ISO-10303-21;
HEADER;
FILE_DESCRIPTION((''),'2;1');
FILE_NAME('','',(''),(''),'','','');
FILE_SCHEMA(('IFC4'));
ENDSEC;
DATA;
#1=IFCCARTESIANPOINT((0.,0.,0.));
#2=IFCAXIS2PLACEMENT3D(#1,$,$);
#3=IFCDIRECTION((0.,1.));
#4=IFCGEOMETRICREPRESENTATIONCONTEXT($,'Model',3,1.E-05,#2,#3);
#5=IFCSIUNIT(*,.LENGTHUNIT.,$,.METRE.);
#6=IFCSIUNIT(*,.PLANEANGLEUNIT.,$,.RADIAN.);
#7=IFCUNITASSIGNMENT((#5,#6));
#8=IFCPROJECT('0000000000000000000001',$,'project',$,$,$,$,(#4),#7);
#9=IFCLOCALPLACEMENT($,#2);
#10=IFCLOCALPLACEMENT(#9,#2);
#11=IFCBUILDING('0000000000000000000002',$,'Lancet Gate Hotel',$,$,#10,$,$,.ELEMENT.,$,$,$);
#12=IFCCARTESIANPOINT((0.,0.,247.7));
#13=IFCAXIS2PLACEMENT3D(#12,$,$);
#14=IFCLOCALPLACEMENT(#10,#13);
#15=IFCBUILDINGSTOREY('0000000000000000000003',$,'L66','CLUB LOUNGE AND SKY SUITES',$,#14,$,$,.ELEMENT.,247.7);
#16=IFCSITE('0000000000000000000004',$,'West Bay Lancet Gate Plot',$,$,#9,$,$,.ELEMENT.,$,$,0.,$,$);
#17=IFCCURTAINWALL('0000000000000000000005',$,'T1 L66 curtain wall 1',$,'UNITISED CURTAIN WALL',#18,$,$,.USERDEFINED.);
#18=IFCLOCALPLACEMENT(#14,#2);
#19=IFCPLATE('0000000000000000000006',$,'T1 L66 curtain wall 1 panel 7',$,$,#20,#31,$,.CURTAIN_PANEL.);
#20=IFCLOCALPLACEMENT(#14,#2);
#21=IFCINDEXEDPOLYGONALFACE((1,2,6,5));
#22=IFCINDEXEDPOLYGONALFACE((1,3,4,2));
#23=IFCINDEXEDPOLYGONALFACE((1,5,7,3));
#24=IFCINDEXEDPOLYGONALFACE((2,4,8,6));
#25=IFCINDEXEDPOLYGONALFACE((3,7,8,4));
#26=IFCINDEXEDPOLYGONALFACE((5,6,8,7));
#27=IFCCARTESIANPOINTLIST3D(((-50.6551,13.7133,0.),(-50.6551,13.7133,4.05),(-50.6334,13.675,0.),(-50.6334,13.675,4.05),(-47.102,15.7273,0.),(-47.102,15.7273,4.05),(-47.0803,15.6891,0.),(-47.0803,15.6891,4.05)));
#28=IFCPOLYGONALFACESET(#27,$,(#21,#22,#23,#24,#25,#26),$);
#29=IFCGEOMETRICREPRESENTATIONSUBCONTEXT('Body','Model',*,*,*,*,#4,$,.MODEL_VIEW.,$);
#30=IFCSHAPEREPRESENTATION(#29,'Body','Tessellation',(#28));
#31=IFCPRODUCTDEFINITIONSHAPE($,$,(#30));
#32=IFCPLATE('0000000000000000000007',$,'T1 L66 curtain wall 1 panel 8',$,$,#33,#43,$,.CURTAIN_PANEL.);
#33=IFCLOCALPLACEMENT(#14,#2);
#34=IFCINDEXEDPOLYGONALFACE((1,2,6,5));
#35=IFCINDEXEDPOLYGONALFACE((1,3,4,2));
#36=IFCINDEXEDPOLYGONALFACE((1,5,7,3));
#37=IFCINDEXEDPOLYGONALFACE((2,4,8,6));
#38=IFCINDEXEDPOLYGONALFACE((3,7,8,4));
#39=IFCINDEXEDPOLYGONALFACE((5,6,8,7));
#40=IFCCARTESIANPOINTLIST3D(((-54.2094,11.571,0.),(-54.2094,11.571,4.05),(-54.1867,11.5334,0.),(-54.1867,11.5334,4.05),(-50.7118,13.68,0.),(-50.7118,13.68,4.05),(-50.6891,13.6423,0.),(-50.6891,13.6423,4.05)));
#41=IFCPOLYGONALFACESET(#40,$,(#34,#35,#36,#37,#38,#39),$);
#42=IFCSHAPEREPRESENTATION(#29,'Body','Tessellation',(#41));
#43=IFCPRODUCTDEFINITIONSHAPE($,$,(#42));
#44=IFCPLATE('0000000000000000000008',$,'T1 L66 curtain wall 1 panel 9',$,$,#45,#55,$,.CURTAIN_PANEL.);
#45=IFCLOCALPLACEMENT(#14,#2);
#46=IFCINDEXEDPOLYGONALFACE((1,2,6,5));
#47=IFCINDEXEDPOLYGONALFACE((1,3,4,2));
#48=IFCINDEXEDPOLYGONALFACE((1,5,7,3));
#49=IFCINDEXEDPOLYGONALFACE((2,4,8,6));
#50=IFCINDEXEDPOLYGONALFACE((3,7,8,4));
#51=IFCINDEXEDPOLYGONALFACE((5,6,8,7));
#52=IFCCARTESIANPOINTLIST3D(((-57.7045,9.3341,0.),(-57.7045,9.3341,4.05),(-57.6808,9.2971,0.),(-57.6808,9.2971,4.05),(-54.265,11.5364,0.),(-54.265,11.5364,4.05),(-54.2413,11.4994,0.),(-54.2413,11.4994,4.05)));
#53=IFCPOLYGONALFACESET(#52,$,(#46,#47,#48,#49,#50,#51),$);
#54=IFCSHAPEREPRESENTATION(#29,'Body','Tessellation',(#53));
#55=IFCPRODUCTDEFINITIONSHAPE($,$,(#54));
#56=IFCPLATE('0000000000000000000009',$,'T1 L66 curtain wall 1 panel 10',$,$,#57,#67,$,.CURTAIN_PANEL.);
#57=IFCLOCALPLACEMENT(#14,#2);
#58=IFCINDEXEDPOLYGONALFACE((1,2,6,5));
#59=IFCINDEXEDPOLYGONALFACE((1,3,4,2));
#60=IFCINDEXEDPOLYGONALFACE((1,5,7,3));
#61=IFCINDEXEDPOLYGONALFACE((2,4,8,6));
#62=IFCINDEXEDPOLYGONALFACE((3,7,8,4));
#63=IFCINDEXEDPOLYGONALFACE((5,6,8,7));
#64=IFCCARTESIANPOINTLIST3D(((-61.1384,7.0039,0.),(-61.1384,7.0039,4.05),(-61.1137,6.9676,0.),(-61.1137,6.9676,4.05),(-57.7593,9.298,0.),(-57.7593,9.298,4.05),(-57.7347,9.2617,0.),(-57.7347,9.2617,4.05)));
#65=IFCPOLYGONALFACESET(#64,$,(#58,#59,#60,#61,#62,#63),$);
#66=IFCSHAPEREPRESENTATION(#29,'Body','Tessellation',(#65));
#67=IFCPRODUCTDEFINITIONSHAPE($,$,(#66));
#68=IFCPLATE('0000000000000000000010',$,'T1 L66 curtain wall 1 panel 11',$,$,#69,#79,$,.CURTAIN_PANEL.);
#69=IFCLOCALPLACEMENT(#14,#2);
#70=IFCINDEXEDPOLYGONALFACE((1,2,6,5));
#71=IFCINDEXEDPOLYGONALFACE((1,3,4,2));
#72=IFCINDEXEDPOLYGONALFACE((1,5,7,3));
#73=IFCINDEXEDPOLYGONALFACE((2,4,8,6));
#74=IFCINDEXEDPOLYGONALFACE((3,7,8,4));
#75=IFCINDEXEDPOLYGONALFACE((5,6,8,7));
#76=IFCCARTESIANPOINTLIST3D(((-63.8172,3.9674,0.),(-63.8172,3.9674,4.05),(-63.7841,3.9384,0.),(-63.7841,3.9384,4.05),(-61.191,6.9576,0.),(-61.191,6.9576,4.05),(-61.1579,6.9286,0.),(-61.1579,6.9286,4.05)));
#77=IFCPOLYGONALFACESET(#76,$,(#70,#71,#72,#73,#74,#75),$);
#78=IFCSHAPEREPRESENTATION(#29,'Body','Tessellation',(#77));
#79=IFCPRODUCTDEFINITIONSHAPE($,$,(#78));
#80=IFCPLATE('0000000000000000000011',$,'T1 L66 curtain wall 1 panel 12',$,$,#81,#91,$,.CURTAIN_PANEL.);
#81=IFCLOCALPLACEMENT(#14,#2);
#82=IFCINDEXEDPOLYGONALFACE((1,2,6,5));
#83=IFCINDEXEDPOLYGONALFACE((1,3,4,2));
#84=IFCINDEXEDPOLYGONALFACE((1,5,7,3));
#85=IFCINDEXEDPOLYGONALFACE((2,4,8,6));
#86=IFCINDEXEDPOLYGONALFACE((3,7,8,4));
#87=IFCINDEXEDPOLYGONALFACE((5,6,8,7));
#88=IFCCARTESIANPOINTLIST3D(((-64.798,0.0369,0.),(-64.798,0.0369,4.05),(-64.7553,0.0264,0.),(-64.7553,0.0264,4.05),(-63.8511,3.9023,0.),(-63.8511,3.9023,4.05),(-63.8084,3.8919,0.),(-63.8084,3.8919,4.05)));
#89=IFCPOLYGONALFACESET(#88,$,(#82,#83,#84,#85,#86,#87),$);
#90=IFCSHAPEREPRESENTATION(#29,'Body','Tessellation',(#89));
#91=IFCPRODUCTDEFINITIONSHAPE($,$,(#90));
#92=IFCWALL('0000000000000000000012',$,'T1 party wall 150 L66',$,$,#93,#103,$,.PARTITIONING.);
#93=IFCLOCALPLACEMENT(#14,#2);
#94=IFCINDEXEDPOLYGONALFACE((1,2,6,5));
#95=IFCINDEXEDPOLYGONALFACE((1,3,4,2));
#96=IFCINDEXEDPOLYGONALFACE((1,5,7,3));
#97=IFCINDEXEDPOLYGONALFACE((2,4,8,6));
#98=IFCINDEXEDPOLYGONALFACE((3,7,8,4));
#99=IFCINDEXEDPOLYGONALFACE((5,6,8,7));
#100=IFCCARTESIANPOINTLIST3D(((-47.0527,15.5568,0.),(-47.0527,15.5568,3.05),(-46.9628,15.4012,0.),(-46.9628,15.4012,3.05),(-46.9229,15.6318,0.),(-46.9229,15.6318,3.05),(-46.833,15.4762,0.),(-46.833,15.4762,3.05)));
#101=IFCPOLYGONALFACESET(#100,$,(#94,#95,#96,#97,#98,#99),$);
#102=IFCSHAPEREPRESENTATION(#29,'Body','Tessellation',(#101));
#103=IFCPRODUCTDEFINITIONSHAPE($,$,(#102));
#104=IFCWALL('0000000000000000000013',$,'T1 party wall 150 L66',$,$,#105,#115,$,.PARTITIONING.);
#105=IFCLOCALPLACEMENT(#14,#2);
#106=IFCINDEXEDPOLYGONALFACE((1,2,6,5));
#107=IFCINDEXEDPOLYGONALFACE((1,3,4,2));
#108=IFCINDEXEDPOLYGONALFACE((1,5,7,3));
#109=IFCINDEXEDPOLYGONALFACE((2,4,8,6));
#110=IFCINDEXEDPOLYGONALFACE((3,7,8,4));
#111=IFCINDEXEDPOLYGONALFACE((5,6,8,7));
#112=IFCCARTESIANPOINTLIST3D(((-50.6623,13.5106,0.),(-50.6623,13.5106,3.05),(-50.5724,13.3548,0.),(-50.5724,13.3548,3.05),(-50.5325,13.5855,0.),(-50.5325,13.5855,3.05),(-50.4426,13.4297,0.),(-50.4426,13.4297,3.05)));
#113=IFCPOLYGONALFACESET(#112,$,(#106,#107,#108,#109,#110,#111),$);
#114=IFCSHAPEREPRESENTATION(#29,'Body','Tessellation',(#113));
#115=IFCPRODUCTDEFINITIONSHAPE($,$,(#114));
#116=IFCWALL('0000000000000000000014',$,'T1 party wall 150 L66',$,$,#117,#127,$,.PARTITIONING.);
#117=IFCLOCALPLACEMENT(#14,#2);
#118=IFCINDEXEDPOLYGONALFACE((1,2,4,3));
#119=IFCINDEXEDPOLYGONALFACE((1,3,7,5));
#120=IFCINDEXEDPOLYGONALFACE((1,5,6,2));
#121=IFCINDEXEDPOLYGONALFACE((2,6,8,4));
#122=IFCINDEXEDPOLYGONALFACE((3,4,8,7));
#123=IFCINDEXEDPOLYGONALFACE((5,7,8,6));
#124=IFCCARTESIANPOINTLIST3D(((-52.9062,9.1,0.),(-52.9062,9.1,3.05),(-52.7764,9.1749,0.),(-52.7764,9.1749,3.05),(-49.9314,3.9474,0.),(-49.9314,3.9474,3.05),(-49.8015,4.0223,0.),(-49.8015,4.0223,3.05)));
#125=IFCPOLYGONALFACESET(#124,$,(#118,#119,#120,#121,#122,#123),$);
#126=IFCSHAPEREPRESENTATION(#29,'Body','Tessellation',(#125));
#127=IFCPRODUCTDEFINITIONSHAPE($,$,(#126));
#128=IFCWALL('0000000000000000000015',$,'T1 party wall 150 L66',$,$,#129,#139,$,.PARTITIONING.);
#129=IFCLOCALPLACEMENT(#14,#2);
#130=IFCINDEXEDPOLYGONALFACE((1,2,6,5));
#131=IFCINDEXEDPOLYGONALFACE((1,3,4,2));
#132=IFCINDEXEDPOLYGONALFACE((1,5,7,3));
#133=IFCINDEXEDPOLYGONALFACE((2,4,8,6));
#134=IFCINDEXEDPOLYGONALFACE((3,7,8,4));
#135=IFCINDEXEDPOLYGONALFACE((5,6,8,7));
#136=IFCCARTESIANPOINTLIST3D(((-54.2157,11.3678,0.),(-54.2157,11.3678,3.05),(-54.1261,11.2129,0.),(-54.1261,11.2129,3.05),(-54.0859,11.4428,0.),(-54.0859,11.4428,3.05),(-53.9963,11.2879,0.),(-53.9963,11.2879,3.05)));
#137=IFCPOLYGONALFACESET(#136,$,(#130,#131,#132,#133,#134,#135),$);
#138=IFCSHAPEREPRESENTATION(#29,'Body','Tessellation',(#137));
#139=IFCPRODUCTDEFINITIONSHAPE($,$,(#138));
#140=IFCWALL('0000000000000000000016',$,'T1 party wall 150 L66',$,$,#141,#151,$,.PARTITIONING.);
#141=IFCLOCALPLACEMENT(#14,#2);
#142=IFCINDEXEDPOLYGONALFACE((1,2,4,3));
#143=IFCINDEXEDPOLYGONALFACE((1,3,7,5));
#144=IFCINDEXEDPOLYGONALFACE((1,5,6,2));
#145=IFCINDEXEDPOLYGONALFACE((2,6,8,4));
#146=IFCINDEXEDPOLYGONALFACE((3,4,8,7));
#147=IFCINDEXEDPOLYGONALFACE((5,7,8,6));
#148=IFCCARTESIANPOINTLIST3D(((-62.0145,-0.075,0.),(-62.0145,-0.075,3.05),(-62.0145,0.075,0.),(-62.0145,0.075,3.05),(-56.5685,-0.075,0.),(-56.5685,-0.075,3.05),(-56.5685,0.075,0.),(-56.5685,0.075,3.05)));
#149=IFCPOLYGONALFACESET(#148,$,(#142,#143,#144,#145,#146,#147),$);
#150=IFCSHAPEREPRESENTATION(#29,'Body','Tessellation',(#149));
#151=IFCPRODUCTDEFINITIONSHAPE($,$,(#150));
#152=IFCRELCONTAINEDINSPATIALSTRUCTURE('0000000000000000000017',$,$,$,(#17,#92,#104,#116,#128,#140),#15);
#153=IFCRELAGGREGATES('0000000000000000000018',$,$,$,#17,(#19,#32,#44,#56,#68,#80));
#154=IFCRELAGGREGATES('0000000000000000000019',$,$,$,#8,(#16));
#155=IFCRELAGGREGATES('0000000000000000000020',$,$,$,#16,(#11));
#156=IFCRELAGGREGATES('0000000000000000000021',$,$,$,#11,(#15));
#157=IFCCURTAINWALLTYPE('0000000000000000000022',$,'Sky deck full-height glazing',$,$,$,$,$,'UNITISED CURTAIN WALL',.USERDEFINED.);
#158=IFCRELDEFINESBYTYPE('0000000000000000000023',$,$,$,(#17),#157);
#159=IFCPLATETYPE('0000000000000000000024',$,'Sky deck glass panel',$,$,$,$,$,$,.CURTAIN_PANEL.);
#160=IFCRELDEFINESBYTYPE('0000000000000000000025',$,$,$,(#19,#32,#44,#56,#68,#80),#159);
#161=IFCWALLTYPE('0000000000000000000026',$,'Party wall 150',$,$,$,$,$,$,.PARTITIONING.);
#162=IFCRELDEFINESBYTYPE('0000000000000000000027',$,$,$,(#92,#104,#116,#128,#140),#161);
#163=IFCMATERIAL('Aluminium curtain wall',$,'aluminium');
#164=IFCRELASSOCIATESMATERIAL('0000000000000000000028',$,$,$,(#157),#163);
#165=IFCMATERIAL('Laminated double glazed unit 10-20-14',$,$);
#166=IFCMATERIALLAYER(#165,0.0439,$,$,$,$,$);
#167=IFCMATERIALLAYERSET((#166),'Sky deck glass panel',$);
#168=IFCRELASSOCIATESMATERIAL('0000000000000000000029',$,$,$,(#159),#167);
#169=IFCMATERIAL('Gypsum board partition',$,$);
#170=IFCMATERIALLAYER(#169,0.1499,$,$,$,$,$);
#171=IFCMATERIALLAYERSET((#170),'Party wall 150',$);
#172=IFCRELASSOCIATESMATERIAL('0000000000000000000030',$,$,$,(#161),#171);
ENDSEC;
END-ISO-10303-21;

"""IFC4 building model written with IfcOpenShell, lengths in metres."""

from ifc_helpers import new_model, si_unit, direction, frame, frame_2d, origin, origin_2d, place, context, subcontext, project, spatial, rectangle, extrude, material, layer, layer_set, type_object, element, aggregate, save


model = new_model("IFC4")

# Units and contexts
model_context = context("Model", 3, precision=1e-05, world=origin(), true_north=direction((0.0, 1.0)))
body_context = subcontext(model_context, "Body", "Model", "MODEL_VIEW")
ifc_project = project(units=[si_unit("LENGTHUNIT", "METRE"), si_unit("PLANEANGLEUNIT", "RADIAN")], contexts=[model_context])

# Site, building, storey
site_placement = place(None, origin())
site = spatial("IfcSite", under=ifc_project, at=site_placement, Name="West Bay Lancet Gate Plot", CompositionType="ELEMENT", RefElevation=0.0)
building_placement = place(site_placement, origin())
building = spatial("IfcBuilding", under=site, at=building_placement, Name="Lancet Gate Hotel", CompositionType="ELEMENT")
storey_placement = place(building_placement, frame((0.0, 0.0, 247.7)))
storey = spatial("IfcBuildingStorey", under=building, at=storey_placement, Name="L66", Description="CLUB LOUNGE AND SKY SUITES", CompositionType="ELEMENT", Elevation=247.7)

# Curtain wall
ifc_material_1 = material(Name="Aluminium curtain wall", Category="aluminium")
curtain_wall_type = type_object("IfcCurtainWallType", Name="Sky deck full-height glazing", ElementType="UNITISED CURTAIN WALL", PredefinedType="USERDEFINED", material=ifc_material_1)
curtain_wall_placement = place(storey_placement, origin())
curtain_wall = element("IfcCurtainWall", 1, at=curtain_wall_placement, inside=storey, type_object=curtain_wall_type, Name="T1 L66 curtain wall 1", ObjectType="UNITISED CURTAIN WALL", PredefinedType="USERDEFINED")

# Plates
ifc_material_2 = material(Name="Laminated double glazed unit 10-20-14")
ifc_layer_1 = layer(ifc_material_2, 0.0439)
ifc_layer_set_1 = layer_set([ifc_layer_1], Name="Sky deck glass panel")
plate_type = type_object("IfcPlateType", Name="Sky deck glass panel", PredefinedType="CURTAIN_PANEL", material=ifc_layer_set_1)
plate_1_placement = place(storey_placement, frame((-48.8677, 14.7012, 0.0), z_axis=(0.0, 0.0, 1.0), x_axis=(-0.869958, -0.493126, 0.0)))
plate_1 = element("IfcPlate", 2, at=plate_1_placement, type_object=plate_type, Name="T1 L66 curtain wall 1 panel 7", PredefinedType="CURTAIN_PANEL", context=body_context, shape_type="SweptSolid", body=[
    extrude(rectangle(XDim=4.0842, YDim=0.0439, at=origin_2d()), origin(), (0.0, 0.0, 1.0), 4.05),
])
plate_2_placement = place(storey_placement, frame((-52.4492, 12.6067, 0.0), z_axis=(0.0, 0.0, 1.0), x_axis=(-0.85637, -0.516363, 0.0)))
plate_2 = element("IfcPlate", 3, at=plate_2_placement, type_object=plate_type, Name="T1 L66 curtain wall 1 panel 8", PredefinedType="CURTAIN_PANEL", context=body_context, shape_type="SweptSolid", body=[
    extrude(rectangle(XDim=4.0842, YDim=0.0439, at=origin_2d()), origin(), (0.0, 0.0, 1.0), 4.05),
])
plate_3_placement = place(storey_placement, frame((-55.9729, 10.4167, 0.0), z_axis=(0.0, 0.0, 1.0), x_axis=(-0.842161, -0.539226, 0.0)))
plate_3 = element("IfcPlate", 4, at=plate_3_placement, type_object=plate_type, Name="T1 L66 curtain wall 1 panel 9", PredefinedType="CURTAIN_PANEL", context=body_context, shape_type="SweptSolid", body=[
    extrude(rectangle(XDim=4.0842, YDim=0.0439, at=origin_2d()), origin(), (0.0, 0.0, 1.0), 4.05),
])
plate_4_placement = place(storey_placement, frame((-59.4365, 8.1328, 0.0), z_axis=(0.0, 0.0, 1.0), x_axis=(-0.827342, -0.561698, 0.0)))
plate_4 = element("IfcPlate", 5, at=plate_4_placement, type_object=plate_type, Name="T1 L66 curtain wall 1 panel 10", PredefinedType="CURTAIN_PANEL", context=body_context, shape_type="SweptSolid", body=[
    extrude(rectangle(XDim=4.0842, YDim=0.0439, at=origin_2d()), origin(), (0.0, 0.0, 1.0), 4.05),
])
plate_5_placement = place(storey_placement, frame((-62.4875, 5.448, 0.0), z_axis=(0.0, 0.0, 1.0), x_axis=(-0.659892, -0.751361, 0.0)))
plate_5 = element("IfcPlate", 6, at=plate_5_placement, type_object=plate_type, Name="T1 L66 curtain wall 1 panel 11", PredefinedType="CURTAIN_PANEL", context=body_context, shape_type="SweptSolid", body=[
    extrude(rectangle(XDim=3.9797, YDim=0.0439, at=origin_2d()), origin(), (0.0, 0.0, 1.0), 4.05),
])
plate_6_placement = place(storey_placement, frame((-64.3032, 1.9644, 0.0), z_axis=(0.0, 0.0, 1.0), x_axis=(-0.237921, -0.971285, 0.0)))
plate_6 = element("IfcPlate", 7, at=plate_6_placement, type_object=plate_type, Name="T1 L66 curtain wall 1 panel 12", PredefinedType="CURTAIN_PANEL", context=body_context, shape_type="SweptSolid", body=[
    extrude(rectangle(XDim=3.9797, YDim=0.0439, at=origin_2d()), origin(), (0.0, 0.0, 1.0), 4.05),
])
aggregate(curtain_wall, [plate_1, plate_2, plate_3, plate_4, plate_5, plate_6])

# Walls
ifc_material_3 = material(Name="Gypsum board partition")
ifc_layer_2 = layer(ifc_material_3, 0.1499)
ifc_layer_set_2 = layer_set([ifc_layer_2], Name="Party wall 150")
wall_type = type_object("IfcWallType", Name="Party wall 150", PredefinedType="PARTITIONING", material=ifc_layer_set_2)
wall_1_placement = place(storey_placement, frame((-46.8979, 15.4387, 0.0), z_axis=(0.0, 0.0, 1.0), x_axis=(-0.500232, 0.865891, 0.0)))
element("IfcWall", 8, at=wall_1_placement, inside=storey, type_object=wall_type, Name="T1 party wall 150 L66", PredefinedType="PARTITIONING", context=body_context, shape_type="SweptSolid", body=[
    extrude(rectangle(XDim=0.1797, YDim=0.1499, at=frame_2d((0.0898, 0.0))), origin(), (0.0, 0.0, 1.0), 3.05),
])
wall_2_placement = place(storey_placement, frame((-50.5076, 13.3923, 0.0), z_axis=(0.0, 0.0, 1.0), x_axis=(-0.499644, 0.866231, 0.0)))
element("IfcWall", 9, at=wall_2_placement, inside=storey, type_object=wall_type, Name="T1 party wall 150 L66", PredefinedType="PARTITIONING", context=body_context, shape_type="SweptSolid", body=[
    extrude(rectangle(XDim=0.1799, YDim=0.1499, at=frame_2d((0.0898, 0.0))), origin(), (0.0, 0.0, 1.0), 3.05),
])
wall_3_placement = place(storey_placement, frame((-49.8665, 3.9849, 0.0), z_axis=(0.0, 0.0, 1.0), x_axis=(-0.500001, 0.866025, 0.0)))
element("IfcWall", 10, at=wall_3_placement, inside=storey, type_object=wall_type, Name="T1 party wall 150 L66", PredefinedType="PARTITIONING", context=body_context, shape_type="SweptSolid", body=[
    extrude(rectangle(XDim=5.9497, YDim=0.1499, at=frame_2d((2.9749, 0.0))), origin(), (0.0, 0.0, 1.0), 3.05),
])
wall_4_placement = place(storey_placement, frame((-54.0613, 11.2505, 0.0), z_axis=(0.0, 0.0, 1.0), x_axis=(-0.500391, 0.865799, 0.0)))
element("IfcWall", 11, at=wall_4_placement, inside=storey, type_object=wall_type, Name="T1 party wall 150 L66", PredefinedType="PARTITIONING", context=body_context, shape_type="SweptSolid", body=[
    extrude(rectangle(XDim=0.179, YDim=0.1499, at=frame_2d((0.0894, 0.0))), origin(), (0.0, 0.0, 1.0), 3.05),
])
wall_5_placement = place(storey_placement, frame((-56.5684, 0.0, 0.0), z_axis=(0.0, 0.0, 1.0), x_axis=(-1.0, 0.0, 0.0)))
element("IfcWall", 12, at=wall_5_placement, inside=storey, type_object=wall_type, Name="T1 party wall 150 L66", PredefinedType="PARTITIONING", context=body_context, shape_type="SweptSolid", body=[
    extrude(rectangle(XDim=5.446, YDim=0.1499, at=frame_2d((2.7231, 0.0))), origin(), (0.0, 0.0, 1.0), 3.05),
])

save(model, "model.ifc")
